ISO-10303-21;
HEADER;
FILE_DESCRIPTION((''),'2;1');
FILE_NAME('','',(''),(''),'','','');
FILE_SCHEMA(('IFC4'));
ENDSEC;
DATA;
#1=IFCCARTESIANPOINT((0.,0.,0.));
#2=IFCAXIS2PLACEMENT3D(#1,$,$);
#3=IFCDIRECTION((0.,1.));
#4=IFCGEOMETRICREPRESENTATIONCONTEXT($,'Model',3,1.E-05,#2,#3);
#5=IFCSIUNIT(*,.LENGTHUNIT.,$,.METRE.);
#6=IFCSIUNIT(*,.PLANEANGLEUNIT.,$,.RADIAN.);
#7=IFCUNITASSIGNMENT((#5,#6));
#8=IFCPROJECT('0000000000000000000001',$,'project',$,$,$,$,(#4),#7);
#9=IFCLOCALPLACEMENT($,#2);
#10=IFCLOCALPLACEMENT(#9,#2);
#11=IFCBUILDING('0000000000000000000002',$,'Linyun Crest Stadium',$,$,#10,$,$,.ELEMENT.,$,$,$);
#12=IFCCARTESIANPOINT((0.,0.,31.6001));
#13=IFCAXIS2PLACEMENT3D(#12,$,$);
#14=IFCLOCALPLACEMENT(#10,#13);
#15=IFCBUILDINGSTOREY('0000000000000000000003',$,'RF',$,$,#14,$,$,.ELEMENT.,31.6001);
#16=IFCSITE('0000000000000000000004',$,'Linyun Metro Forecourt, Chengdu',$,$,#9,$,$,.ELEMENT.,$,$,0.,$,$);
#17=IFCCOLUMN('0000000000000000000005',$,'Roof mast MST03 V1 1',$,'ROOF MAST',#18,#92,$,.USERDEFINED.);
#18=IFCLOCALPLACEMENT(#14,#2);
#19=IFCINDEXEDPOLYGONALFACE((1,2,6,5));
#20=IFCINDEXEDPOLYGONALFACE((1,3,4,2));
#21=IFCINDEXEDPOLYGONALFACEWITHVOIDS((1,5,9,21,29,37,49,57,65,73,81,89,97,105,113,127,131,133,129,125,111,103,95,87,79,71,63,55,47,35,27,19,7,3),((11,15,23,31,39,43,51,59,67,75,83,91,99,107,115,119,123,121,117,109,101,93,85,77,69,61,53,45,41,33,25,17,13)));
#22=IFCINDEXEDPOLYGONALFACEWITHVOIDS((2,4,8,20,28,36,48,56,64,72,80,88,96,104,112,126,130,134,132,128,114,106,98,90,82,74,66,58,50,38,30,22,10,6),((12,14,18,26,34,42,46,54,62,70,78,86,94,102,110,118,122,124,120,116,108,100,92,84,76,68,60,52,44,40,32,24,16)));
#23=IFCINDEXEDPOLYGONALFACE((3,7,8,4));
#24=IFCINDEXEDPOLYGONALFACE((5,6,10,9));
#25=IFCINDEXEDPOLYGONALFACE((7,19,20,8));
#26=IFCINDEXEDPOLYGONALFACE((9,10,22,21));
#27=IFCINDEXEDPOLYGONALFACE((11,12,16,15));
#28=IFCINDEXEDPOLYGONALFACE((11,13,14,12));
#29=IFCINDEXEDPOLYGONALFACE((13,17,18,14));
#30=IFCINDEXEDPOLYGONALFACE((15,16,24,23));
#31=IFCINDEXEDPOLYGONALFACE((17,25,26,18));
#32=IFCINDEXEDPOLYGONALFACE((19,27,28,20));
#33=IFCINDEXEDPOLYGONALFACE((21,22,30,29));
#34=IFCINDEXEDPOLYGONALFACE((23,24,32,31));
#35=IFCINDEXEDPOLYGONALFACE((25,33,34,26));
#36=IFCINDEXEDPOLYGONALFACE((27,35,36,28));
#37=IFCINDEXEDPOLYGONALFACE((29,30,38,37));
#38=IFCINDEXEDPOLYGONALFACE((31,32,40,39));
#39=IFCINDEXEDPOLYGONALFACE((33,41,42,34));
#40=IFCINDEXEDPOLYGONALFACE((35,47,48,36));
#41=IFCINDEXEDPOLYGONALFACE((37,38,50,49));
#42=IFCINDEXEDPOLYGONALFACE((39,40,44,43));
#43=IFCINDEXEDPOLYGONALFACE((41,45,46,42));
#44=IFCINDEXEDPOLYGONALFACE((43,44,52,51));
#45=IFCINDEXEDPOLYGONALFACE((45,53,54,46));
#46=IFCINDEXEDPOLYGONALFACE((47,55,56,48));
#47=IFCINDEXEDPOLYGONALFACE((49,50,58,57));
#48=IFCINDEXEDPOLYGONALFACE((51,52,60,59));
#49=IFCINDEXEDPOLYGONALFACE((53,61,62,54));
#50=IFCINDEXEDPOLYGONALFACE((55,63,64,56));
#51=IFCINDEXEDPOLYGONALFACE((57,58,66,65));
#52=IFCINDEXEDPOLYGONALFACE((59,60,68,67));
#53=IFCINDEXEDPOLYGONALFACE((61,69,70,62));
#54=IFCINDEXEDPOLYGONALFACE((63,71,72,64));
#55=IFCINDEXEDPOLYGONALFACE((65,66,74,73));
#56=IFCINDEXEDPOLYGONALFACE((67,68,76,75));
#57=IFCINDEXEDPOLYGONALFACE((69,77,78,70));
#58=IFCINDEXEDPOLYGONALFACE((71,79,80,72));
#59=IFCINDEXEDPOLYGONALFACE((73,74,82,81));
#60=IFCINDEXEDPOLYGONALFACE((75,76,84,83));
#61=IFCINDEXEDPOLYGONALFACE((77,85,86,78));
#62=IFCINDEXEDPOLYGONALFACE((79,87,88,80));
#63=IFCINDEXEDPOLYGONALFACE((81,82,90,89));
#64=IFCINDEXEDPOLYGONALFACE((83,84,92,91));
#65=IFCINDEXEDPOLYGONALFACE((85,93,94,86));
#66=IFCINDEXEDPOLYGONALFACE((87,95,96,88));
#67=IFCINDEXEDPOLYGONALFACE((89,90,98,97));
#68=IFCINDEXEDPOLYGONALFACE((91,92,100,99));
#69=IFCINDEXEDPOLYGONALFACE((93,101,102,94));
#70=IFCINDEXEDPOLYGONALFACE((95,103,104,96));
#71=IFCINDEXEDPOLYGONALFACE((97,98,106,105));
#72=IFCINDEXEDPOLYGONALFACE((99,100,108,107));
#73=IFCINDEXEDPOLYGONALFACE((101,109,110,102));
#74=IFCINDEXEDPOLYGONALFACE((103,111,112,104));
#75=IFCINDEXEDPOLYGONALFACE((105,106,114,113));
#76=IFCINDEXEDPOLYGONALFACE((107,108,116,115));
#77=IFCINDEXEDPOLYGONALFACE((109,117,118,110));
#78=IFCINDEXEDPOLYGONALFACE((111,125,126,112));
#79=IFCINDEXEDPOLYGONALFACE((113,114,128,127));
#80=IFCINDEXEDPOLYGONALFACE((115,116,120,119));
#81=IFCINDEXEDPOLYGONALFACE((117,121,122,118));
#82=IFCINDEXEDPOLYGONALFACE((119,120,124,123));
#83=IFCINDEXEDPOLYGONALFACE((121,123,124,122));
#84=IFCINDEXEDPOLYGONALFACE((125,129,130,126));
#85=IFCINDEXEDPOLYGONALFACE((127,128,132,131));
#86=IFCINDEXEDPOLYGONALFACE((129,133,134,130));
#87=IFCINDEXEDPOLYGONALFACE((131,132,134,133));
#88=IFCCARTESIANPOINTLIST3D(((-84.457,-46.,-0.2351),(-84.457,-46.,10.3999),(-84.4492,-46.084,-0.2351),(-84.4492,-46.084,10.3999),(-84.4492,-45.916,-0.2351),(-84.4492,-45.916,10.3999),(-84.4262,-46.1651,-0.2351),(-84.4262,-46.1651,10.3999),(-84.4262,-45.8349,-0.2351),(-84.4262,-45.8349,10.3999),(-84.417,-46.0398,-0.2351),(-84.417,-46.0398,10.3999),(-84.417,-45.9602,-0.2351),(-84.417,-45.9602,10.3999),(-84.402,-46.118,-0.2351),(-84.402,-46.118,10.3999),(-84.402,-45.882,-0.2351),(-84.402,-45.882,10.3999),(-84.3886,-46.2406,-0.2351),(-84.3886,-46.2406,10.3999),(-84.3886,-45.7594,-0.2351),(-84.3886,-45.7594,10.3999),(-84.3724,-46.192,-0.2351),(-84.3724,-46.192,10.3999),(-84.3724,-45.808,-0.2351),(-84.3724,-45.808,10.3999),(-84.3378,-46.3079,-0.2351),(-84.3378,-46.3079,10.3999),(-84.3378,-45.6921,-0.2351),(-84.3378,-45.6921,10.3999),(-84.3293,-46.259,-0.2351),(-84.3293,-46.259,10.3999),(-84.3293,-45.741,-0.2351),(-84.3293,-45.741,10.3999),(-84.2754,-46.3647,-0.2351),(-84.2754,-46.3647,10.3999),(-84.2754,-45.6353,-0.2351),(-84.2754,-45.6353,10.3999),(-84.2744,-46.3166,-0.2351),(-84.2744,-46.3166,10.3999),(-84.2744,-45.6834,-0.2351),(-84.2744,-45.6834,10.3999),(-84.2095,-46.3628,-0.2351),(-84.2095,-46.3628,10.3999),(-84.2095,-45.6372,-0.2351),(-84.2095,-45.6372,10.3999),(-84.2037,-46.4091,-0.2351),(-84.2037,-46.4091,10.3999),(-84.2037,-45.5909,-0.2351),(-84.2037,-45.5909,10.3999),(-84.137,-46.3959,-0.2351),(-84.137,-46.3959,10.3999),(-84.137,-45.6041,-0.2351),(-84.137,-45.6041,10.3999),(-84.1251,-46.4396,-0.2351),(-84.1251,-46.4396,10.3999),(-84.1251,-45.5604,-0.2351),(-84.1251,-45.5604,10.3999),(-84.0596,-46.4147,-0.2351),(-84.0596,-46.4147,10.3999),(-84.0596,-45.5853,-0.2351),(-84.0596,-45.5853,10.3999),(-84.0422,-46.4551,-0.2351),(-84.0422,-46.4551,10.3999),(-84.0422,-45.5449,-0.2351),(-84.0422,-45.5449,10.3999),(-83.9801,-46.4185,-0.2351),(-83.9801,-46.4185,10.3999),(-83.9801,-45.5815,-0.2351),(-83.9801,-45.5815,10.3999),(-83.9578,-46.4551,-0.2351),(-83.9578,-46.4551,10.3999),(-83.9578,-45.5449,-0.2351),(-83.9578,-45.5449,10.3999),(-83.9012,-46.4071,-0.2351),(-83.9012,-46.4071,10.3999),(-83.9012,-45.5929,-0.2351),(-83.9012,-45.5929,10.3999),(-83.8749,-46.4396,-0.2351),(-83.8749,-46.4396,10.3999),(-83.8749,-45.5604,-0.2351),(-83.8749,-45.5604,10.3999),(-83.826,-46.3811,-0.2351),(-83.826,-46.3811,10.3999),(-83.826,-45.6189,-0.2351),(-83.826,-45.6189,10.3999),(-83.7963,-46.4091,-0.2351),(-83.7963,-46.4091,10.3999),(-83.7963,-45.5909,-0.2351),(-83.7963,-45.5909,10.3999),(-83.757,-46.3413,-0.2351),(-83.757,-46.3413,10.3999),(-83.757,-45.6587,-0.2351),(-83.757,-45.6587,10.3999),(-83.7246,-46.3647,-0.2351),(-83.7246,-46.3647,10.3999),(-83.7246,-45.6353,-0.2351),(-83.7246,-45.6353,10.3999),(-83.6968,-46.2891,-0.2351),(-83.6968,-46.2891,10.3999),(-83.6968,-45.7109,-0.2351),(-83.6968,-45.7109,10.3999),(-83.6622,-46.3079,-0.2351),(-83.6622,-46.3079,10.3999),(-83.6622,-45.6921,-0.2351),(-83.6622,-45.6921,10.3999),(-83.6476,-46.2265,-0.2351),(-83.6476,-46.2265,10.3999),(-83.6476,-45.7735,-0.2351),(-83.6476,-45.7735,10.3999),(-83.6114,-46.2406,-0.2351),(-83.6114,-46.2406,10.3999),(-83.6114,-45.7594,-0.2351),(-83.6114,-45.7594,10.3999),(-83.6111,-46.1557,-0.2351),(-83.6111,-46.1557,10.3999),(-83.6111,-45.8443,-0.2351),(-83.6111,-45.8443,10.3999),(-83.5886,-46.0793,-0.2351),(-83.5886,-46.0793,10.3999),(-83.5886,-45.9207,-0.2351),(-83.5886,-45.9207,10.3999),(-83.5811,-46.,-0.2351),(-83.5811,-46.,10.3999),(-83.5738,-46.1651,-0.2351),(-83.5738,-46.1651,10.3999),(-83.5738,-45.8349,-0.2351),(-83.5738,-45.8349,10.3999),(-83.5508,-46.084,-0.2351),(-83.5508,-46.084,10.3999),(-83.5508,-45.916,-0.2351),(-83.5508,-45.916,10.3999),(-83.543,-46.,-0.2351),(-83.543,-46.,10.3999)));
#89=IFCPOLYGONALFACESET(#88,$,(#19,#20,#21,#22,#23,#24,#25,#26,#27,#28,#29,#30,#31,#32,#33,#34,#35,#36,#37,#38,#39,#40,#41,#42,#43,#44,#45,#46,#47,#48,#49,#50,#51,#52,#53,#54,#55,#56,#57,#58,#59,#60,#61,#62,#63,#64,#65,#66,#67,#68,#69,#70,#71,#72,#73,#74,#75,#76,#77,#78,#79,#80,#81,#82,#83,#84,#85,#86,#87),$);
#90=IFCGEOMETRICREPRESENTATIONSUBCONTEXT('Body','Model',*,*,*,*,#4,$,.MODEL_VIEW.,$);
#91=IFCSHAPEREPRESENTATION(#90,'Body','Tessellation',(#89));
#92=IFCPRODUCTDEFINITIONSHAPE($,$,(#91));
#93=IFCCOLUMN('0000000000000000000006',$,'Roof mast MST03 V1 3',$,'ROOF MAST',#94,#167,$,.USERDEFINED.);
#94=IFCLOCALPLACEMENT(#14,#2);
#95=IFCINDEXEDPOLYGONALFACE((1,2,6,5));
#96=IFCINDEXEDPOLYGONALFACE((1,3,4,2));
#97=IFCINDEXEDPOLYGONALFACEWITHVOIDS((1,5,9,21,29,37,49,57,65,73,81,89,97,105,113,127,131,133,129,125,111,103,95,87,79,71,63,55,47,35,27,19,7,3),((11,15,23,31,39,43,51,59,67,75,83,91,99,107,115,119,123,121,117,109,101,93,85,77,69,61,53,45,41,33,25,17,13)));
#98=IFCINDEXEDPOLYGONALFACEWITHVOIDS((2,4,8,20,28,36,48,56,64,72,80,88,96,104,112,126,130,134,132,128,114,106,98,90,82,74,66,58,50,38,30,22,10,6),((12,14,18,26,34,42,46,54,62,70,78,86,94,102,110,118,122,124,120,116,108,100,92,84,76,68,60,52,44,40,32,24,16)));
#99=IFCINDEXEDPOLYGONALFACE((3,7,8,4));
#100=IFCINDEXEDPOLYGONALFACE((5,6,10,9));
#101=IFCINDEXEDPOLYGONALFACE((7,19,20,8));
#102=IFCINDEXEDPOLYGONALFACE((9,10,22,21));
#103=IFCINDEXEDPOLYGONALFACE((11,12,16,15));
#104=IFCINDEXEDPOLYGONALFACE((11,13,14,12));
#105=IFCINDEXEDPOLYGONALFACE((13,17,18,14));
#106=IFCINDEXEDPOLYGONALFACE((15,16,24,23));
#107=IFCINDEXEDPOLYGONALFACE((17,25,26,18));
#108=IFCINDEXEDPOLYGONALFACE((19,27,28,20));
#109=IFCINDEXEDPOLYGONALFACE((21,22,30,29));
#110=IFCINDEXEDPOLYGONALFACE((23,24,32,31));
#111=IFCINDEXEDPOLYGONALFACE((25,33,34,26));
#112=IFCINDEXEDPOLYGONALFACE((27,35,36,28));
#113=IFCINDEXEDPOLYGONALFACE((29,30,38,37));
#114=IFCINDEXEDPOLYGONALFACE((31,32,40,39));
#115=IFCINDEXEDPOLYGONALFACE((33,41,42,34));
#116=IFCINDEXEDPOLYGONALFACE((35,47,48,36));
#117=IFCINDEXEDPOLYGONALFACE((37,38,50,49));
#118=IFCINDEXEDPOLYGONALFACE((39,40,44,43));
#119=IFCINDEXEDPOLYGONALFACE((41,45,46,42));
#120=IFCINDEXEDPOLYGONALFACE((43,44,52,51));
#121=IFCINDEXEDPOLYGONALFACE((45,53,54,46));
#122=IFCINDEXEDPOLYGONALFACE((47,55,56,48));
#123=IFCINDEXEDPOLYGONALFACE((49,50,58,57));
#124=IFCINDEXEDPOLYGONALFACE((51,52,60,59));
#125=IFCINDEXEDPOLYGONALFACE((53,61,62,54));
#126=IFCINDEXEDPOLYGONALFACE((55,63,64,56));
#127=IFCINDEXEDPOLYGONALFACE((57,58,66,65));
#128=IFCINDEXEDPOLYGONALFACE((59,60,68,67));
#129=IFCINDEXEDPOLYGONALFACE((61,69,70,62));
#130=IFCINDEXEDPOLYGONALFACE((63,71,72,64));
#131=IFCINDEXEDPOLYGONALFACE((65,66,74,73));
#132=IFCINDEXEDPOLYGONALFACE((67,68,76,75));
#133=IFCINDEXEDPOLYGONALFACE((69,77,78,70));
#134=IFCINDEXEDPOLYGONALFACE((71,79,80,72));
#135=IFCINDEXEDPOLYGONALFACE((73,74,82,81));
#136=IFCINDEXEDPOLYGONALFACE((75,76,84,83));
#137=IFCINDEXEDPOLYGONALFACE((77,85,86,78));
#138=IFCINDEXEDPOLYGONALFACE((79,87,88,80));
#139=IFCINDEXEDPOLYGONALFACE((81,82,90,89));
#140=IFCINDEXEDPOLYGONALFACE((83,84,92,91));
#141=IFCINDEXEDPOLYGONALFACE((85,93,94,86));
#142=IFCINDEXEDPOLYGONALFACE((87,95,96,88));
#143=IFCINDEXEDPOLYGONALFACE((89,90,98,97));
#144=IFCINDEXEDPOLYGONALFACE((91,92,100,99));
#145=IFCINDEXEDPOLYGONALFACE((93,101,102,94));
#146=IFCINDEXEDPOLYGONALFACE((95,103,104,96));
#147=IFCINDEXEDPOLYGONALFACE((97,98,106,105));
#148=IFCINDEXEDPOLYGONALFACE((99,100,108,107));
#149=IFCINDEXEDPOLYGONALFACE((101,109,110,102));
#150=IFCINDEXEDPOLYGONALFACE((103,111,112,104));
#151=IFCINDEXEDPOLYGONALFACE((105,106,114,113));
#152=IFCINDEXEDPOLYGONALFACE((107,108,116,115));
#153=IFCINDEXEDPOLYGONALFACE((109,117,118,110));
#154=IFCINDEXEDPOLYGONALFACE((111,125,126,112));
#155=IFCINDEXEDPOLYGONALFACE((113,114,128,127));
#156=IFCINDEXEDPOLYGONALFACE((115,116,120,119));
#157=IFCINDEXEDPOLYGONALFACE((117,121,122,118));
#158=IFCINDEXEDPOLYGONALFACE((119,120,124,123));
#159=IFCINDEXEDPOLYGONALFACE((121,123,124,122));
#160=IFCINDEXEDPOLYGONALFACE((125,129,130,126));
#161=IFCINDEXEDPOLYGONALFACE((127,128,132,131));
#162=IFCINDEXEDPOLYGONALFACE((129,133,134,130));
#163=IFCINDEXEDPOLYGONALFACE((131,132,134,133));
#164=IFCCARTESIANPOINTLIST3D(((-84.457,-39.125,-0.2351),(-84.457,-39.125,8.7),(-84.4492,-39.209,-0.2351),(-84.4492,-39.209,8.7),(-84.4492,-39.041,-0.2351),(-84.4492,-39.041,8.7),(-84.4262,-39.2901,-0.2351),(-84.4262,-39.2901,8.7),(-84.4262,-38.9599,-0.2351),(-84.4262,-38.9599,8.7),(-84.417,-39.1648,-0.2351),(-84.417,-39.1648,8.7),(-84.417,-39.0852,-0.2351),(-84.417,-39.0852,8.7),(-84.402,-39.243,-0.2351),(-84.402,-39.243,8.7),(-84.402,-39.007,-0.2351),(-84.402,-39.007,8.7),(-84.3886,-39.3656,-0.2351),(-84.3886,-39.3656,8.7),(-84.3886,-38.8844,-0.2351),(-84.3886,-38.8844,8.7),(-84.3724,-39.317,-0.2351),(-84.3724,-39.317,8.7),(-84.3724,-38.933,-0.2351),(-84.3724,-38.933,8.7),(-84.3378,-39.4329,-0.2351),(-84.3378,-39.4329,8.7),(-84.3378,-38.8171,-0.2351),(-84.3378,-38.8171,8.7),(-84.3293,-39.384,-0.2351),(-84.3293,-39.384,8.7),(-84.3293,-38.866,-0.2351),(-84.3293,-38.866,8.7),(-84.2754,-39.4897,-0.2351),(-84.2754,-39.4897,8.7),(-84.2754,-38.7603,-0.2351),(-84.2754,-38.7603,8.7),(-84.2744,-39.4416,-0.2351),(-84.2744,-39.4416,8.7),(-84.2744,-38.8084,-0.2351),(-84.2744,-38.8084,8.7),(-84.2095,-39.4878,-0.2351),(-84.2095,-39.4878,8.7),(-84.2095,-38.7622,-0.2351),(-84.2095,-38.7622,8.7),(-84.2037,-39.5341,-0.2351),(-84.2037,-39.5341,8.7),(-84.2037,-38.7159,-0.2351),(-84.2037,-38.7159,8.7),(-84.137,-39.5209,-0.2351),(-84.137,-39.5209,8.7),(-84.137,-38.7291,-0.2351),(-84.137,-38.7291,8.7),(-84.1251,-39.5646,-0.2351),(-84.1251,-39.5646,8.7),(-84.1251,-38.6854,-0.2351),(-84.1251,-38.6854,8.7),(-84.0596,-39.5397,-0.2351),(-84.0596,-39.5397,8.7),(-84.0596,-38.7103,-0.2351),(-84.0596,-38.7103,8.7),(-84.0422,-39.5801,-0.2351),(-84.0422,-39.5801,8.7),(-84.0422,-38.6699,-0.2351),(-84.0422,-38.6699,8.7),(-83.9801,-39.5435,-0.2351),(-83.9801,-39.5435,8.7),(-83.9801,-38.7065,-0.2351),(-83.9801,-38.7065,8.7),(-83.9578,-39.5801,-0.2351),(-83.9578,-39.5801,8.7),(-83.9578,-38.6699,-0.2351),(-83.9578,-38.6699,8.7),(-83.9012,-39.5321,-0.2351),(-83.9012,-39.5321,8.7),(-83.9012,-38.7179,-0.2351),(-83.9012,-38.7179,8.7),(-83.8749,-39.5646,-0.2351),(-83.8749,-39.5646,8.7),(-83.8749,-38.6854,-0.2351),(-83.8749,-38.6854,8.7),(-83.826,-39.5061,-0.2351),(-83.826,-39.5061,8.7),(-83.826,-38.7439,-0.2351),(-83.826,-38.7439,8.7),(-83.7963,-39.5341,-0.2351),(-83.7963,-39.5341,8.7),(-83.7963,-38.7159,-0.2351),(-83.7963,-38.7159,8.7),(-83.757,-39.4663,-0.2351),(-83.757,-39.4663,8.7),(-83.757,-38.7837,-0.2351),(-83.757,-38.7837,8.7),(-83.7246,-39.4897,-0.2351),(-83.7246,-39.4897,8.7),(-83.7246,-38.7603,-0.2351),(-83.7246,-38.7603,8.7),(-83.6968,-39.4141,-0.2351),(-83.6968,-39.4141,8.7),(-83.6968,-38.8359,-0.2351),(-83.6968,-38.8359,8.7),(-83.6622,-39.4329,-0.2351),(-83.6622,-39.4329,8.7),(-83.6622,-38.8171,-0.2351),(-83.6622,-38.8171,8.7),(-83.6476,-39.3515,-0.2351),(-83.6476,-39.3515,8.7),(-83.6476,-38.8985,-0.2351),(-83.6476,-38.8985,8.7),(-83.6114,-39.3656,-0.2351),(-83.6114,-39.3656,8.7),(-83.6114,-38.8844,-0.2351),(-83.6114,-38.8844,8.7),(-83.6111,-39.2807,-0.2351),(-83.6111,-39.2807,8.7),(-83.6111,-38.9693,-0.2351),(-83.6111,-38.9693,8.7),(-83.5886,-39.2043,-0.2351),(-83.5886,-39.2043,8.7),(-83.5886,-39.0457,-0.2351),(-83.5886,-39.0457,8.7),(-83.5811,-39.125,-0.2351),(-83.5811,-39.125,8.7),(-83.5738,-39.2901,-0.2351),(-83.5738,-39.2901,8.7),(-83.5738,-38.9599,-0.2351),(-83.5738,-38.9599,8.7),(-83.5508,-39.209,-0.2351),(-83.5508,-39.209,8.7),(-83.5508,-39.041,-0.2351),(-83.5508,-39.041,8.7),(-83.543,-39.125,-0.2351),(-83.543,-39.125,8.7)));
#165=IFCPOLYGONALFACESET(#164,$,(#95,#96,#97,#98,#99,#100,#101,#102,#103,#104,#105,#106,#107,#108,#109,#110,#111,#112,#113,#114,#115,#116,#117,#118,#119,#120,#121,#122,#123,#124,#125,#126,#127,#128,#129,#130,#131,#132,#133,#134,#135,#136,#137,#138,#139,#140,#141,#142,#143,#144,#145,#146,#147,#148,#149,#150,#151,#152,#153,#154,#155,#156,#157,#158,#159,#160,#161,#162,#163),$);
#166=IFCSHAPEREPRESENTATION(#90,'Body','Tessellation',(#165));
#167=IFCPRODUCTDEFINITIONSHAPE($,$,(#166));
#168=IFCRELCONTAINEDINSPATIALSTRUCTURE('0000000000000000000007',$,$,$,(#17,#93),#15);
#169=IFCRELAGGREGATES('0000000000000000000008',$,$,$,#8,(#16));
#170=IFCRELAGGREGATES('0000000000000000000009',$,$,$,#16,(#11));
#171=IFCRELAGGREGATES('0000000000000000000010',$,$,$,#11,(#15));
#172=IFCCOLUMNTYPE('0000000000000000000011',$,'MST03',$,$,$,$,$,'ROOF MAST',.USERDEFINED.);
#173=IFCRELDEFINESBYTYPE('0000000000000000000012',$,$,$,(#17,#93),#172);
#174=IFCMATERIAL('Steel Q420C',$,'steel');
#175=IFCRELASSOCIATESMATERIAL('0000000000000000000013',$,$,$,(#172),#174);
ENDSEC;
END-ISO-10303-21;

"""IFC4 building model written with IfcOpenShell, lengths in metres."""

from ifc_helpers import new_model, si_unit, direction, frame, origin, origin_2d, place, context, subcontext, project, spatial, hollow_circle, extrude, material, material_profile, profile_set, type_object, element, save


model = new_model("IFC4")

# Units and contexts
model_context = context("Model", 3, precision=1e-05, world=origin(), true_north=direction((0.0, 1.0)))
body_context = subcontext(model_context, "Body", "Model", "MODEL_VIEW")
ifc_project = project(units=[si_unit("LENGTHUNIT", "METRE"), si_unit("PLANEANGLEUNIT", "RADIAN")], contexts=[model_context])

# Site, building, storey
site_placement = place(None, origin())
site = spatial("IfcSite", under=ifc_project, at=site_placement, Name="Linyun Metro Forecourt, Chengdu", CompositionType="ELEMENT", RefElevation=0.0)
building_placement = place(site_placement, origin())
building = spatial("IfcBuilding", under=site, at=building_placement, Name="Linyun Crest Stadium", CompositionType="ELEMENT")
storey_placement = place(building_placement, frame((0.0, 0.0, 31.6001)))
storey = spatial("IfcBuildingStorey", under=building, at=storey_placement, Name="RF", CompositionType="ELEMENT", Elevation=31.6001)

# Columns
ifc_material_1 = material(Name="Steel Q420C", Category="steel")
ifc_material_profile_1 = material_profile(ifc_material_1, hollow_circle(Radius=0.457, WallThickness=0.0381, at=origin_2d()), Name="CHS 914x38")
ifc_profile_set_1 = profile_set([ifc_material_profile_1], Name="Steel Q420C")
column_type = type_object("IfcColumnType", Name="MST03", ElementType="ROOF MAST", PredefinedType="USERDEFINED", material=ifc_profile_set_1)
column_1_placement = place(storey_placement, frame((-84.0, -46.0, -0.2351), z_axis=(0.0, 0.0, 1.0), x_axis=(1.0, 0.0, 0.0)))
element("IfcColumn", 1, at=column_1_placement, inside=storey, type_object=column_type, Name="Roof mast MST03 V1 1", ObjectType="ROOF MAST", PredefinedType="USERDEFINED", context=body_context, shape_type="SweptSolid", body=[
    extrude(hollow_circle(Radius=0.457, WallThickness=0.0381, at=origin_2d()), origin(), (0.0, 0.0, 1.0), 10.635),
])
column_2_placement = place(storey_placement, frame((-84.0, -39.125, -0.2351), z_axis=(0.0, 0.0, 1.0), x_axis=(1.0, 0.0, 0.0)))
element("IfcColumn", 2, at=column_2_placement, inside=storey, type_object=column_type, Name="Roof mast MST03 V1 3", ObjectType="ROOF MAST", PredefinedType="USERDEFINED", context=body_context, shape_type="SweptSolid", body=[
    extrude(hollow_circle(Radius=0.457, WallThickness=0.0381, at=origin_2d()), origin(), (0.0, 0.0, 1.0), 8.9351),
])

save(model, "model.ifc")
